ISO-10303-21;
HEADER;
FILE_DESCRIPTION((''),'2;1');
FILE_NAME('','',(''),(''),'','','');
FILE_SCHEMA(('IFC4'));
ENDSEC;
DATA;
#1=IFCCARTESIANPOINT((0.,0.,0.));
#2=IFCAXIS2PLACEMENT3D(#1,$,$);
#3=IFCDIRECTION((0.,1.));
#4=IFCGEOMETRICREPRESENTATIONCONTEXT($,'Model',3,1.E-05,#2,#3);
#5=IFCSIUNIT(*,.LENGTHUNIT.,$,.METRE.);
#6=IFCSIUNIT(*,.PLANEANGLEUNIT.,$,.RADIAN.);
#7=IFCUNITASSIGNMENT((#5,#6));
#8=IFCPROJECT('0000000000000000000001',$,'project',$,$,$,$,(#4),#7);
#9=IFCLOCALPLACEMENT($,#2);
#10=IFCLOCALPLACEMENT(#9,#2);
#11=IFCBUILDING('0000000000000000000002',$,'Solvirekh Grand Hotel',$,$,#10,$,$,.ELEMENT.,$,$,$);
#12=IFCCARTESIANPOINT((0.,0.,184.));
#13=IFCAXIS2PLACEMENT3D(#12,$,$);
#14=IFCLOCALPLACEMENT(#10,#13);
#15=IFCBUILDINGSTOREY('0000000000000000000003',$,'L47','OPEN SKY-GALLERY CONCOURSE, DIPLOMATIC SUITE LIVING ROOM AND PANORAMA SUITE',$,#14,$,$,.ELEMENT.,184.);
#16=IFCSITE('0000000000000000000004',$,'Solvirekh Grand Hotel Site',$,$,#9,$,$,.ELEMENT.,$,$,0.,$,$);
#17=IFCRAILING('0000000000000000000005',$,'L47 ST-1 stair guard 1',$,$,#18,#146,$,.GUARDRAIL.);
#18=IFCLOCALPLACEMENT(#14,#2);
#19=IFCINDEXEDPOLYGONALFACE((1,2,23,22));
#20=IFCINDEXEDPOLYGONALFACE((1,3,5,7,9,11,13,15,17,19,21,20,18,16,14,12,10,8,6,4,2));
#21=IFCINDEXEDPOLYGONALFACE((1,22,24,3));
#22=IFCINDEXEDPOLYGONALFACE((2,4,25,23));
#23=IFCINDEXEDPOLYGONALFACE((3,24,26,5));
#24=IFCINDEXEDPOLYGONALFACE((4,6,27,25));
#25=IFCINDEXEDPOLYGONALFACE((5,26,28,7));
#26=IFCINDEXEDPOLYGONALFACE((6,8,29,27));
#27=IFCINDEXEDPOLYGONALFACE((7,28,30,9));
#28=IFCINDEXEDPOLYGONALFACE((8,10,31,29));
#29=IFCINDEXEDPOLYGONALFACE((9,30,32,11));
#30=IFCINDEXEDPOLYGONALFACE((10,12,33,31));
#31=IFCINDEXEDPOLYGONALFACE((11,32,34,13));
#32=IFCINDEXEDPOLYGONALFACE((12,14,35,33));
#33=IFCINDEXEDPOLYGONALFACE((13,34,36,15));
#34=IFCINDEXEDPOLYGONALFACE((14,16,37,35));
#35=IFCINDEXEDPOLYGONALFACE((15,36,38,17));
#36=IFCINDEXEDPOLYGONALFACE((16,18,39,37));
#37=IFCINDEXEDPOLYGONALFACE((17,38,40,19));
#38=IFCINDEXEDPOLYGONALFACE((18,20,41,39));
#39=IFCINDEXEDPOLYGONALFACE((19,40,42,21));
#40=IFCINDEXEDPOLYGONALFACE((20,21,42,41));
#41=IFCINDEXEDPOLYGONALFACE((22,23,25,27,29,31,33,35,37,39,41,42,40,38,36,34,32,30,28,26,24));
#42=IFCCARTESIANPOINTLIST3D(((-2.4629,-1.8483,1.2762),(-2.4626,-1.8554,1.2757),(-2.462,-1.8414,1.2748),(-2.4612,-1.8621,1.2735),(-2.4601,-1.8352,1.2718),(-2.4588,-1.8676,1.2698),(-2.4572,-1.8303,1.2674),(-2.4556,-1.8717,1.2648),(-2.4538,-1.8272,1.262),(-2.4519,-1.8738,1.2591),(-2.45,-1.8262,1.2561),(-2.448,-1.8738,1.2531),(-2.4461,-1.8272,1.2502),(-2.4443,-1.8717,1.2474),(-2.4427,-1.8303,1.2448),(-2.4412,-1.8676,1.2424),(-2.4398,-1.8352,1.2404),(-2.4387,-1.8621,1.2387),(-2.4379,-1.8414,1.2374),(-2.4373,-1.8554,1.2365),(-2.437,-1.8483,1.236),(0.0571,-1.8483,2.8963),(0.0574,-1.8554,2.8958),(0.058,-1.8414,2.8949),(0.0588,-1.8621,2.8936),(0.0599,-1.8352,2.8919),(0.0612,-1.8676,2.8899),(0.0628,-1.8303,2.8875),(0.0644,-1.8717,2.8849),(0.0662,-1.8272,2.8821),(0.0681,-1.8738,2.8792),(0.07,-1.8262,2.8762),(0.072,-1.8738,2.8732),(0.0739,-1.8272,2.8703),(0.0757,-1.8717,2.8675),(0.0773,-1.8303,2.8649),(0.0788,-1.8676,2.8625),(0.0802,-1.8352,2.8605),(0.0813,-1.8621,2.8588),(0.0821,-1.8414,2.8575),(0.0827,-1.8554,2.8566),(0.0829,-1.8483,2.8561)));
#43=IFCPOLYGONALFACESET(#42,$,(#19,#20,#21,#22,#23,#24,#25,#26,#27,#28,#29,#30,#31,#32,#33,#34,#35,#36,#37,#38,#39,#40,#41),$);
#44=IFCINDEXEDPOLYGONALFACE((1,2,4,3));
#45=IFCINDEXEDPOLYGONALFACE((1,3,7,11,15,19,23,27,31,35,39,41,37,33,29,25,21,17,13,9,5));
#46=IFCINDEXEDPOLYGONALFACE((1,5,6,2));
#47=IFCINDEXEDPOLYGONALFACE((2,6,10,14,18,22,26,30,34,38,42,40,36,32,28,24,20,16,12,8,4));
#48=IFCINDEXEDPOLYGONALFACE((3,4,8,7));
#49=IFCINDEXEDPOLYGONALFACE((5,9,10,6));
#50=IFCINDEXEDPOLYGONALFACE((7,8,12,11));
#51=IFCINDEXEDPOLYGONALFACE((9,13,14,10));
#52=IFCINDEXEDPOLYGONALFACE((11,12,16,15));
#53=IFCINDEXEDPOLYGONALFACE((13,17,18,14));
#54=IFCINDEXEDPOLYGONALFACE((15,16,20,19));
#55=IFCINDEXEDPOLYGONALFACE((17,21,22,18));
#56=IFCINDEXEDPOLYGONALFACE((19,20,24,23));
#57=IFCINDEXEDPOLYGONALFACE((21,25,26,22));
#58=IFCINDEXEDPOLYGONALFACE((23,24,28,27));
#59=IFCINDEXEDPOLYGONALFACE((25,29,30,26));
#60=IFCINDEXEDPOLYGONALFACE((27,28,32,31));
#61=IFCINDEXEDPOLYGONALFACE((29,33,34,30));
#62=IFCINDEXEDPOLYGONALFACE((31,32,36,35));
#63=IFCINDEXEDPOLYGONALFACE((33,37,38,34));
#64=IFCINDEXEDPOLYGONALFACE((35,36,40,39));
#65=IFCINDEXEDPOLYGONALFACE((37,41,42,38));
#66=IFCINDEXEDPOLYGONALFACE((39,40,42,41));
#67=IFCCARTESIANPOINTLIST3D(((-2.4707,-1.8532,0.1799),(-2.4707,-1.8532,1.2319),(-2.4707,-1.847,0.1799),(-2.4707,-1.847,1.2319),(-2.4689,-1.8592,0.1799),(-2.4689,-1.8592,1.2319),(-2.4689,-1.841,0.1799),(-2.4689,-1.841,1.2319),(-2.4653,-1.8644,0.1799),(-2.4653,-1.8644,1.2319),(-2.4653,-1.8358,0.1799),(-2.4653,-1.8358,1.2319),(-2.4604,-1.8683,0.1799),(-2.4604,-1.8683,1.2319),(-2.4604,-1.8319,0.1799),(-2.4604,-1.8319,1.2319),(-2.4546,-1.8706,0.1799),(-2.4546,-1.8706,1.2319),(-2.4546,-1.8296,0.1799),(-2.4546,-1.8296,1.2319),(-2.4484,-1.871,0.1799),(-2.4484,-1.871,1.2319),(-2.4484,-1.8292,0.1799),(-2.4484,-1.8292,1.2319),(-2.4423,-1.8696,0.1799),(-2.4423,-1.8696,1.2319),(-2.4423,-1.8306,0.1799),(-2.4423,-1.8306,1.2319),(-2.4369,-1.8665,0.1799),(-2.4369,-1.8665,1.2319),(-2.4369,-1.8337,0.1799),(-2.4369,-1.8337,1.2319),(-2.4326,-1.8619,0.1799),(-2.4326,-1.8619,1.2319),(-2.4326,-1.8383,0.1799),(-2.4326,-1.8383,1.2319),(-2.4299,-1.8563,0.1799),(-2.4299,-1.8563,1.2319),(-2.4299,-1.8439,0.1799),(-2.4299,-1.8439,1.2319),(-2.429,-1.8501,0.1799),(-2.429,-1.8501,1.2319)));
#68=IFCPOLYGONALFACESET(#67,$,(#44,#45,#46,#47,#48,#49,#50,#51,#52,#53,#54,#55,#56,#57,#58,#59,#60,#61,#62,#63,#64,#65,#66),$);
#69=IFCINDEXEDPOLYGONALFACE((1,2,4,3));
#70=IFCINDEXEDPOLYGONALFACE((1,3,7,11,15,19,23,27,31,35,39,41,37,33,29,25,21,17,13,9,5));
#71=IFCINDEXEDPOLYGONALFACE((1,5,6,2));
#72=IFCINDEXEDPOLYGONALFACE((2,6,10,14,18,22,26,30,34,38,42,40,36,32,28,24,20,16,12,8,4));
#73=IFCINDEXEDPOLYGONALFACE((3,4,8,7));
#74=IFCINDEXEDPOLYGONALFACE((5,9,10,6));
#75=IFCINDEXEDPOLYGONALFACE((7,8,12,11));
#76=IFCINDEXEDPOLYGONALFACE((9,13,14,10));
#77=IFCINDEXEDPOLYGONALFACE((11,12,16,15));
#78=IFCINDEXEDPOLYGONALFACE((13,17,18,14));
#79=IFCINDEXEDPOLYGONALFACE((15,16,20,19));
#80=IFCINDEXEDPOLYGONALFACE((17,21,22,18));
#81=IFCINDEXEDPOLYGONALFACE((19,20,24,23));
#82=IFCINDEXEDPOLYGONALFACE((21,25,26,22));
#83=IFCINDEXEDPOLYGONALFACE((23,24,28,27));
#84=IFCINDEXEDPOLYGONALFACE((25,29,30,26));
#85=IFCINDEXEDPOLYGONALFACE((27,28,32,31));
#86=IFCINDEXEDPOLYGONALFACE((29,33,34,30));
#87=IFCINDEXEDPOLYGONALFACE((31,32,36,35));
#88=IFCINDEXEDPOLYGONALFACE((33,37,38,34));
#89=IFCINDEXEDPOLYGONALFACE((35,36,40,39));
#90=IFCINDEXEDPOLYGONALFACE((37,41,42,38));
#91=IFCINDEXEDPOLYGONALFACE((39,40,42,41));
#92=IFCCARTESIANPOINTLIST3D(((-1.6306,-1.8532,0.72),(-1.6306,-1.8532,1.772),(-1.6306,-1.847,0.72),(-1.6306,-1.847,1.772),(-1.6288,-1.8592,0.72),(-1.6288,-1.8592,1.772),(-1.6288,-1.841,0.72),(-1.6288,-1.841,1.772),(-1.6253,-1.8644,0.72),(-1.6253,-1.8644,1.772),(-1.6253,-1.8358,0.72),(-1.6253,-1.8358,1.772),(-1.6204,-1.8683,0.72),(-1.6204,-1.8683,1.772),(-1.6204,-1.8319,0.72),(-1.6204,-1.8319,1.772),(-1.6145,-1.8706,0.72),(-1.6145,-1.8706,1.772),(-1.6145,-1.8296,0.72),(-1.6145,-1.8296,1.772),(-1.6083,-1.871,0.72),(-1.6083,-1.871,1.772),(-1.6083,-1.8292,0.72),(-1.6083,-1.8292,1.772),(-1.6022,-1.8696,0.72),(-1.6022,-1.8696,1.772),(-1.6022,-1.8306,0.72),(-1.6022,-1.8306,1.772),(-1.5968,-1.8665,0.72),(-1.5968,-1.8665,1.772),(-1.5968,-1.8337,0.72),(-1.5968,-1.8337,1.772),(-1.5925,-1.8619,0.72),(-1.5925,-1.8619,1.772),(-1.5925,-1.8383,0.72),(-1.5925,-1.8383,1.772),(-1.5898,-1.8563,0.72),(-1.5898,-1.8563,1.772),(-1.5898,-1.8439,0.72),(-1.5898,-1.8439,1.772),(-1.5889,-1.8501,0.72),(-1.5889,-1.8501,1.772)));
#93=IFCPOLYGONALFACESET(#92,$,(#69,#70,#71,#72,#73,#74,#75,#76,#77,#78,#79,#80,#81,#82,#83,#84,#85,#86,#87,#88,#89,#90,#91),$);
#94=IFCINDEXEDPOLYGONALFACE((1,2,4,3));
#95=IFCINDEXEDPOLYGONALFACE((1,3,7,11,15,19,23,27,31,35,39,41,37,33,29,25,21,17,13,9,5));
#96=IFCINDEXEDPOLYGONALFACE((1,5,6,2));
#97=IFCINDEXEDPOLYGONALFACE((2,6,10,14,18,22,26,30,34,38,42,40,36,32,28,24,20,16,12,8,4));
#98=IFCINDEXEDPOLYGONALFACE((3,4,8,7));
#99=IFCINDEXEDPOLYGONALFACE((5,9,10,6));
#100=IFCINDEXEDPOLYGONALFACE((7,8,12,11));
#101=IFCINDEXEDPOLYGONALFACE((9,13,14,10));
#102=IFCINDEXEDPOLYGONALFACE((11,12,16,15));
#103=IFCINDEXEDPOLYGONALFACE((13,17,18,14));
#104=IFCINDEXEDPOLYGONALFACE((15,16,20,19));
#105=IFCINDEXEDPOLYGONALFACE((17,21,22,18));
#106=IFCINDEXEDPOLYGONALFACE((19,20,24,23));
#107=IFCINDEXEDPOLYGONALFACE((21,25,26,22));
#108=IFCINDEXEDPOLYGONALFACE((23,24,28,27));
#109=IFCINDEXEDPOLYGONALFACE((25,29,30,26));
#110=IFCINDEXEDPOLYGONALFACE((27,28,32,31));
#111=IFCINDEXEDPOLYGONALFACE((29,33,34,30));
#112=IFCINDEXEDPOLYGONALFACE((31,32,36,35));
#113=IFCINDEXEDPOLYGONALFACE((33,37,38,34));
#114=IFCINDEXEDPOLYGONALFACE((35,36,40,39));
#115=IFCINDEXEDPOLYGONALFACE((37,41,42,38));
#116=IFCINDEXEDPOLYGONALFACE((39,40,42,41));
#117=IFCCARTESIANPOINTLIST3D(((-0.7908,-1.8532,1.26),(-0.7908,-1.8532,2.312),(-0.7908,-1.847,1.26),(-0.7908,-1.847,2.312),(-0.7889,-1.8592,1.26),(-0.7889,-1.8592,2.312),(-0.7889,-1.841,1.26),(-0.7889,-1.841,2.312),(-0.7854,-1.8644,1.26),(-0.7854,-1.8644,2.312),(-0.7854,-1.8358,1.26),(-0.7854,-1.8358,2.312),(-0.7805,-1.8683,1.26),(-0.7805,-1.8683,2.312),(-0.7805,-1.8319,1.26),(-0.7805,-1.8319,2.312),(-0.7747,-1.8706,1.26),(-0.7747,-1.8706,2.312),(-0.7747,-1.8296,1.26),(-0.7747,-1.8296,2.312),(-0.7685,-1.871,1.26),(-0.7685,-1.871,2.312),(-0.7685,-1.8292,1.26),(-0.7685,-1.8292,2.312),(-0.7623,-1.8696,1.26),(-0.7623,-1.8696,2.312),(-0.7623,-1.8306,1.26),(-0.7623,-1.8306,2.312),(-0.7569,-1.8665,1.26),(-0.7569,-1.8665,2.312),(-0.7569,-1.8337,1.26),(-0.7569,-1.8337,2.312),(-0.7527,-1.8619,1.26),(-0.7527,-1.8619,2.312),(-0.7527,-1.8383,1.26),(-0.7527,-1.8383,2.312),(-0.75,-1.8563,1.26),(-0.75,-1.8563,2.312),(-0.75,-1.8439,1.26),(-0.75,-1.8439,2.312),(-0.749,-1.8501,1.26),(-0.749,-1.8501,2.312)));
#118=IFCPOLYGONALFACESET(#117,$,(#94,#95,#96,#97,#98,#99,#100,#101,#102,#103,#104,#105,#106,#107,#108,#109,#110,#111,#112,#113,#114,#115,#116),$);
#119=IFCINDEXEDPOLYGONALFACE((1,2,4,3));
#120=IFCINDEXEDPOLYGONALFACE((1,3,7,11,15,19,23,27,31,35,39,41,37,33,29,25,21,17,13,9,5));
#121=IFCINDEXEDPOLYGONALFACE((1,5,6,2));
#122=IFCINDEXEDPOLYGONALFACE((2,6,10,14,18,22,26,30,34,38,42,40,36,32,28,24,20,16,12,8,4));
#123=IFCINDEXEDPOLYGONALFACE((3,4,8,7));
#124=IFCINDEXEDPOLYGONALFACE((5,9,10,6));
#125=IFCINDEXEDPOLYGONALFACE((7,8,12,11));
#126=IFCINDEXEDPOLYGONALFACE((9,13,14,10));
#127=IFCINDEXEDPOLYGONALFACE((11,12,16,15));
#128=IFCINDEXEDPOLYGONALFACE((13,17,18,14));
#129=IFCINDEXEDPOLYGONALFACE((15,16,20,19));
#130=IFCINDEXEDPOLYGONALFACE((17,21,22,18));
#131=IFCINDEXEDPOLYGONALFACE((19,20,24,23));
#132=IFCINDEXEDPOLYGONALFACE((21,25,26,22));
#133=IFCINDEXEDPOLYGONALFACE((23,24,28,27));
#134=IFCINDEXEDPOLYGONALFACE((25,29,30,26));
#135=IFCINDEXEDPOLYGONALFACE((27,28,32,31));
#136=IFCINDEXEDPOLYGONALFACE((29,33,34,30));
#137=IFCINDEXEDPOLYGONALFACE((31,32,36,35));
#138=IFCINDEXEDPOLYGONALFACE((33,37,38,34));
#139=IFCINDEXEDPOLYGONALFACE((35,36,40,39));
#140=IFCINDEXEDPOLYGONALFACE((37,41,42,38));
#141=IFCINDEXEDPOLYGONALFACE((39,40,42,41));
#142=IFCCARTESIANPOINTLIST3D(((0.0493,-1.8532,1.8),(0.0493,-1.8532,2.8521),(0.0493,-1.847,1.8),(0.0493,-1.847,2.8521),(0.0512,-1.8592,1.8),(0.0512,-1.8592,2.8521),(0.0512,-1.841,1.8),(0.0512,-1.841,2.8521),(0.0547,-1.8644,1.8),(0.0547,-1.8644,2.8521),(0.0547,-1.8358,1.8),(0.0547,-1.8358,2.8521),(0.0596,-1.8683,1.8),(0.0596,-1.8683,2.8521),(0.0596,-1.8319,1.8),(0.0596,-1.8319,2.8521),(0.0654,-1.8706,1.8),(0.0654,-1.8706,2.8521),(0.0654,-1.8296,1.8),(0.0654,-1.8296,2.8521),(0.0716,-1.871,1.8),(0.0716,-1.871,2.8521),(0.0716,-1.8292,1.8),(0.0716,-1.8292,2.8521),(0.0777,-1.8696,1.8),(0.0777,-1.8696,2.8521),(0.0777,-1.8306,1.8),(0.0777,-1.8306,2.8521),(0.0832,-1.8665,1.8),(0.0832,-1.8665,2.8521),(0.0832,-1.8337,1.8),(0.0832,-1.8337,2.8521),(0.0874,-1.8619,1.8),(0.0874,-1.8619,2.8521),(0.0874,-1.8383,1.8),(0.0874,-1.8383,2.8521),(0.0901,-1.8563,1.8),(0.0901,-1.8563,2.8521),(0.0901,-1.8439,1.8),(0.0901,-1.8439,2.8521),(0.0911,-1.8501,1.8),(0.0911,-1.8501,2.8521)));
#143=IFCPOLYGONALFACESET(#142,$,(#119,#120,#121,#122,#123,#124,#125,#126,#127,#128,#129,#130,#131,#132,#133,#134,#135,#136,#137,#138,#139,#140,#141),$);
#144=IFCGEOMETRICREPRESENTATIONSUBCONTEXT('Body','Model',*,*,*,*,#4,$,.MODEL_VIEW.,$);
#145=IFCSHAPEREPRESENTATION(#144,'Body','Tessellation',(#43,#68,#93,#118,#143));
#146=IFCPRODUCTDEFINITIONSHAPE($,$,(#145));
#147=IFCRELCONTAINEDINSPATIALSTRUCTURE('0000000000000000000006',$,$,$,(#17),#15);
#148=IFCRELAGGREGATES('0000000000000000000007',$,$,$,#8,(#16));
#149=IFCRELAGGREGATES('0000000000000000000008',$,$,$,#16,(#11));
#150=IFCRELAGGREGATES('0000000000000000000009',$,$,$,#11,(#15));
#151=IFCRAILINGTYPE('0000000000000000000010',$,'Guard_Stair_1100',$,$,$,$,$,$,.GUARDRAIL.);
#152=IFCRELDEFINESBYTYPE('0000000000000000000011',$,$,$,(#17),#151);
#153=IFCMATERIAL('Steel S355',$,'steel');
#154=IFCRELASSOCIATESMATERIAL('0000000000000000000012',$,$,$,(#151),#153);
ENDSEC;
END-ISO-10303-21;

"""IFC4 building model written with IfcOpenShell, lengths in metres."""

from ifc_helpers import new_model, si_unit, direction, frame, origin, origin_2d, place, context, subcontext, project, spatial, circle, extrude, material, type_object, element, save


model = new_model("IFC4")

# Units and contexts
model_context = context("Model", 3, precision=1e-05, world=origin(), true_north=direction((0.0, 1.0)))
body_context = subcontext(model_context, "Body", "Model", "MODEL_VIEW")
ifc_project = project(units=[si_unit("LENGTHUNIT", "METRE"), si_unit("PLANEANGLEUNIT", "RADIAN")], contexts=[model_context])

# Site, building, storey
site_placement = place(None, origin())
site = spatial("IfcSite", under=ifc_project, at=site_placement, Name="Solvirekh Grand Hotel Site", CompositionType="ELEMENT", RefElevation=0.0)
building_placement = place(site_placement, origin())
building = spatial("IfcBuilding", under=site, at=building_placement, Name="Solvirekh Grand Hotel", CompositionType="ELEMENT")
storey_placement = place(building_placement, frame((0.0, 0.0, 184.0)))
storey = spatial("IfcBuildingStorey", under=building, at=storey_placement, Name="L47", Description="OPEN SKY-GALLERY CONCOURSE, DIPLOMATIC SUITE LIVING ROOM AND PANORAMA SUITE", CompositionType="ELEMENT", Elevation=184.0)

# Shared definitions
ifc_material_1 = material(Name="Steel S355", Category="steel")

# Railing
railing_type_1 = type_object("IfcRailingType", Name="Guard_Stair_1100", PredefinedType="GUARDRAIL", material=ifc_material_1)
railing_1_placement = place(storey_placement, frame((-2.45, -1.8501, 0.1799)))
element("IfcRailing", 1, at=railing_1_placement, inside=storey, type_object=railing_type_1, Name="L47 ST-1 stair guard 1", PredefinedType="GUARDRAIL", context=body_context, shape_type="SweptSolid", body=[
    extrude(circle(Radius=0.0239, at=origin_2d()), frame((0.0, 0.0, 1.0762), z_axis=(0.841163, 0.0, 0.540782), x_axis=(0.0, 1.0, 0.0)), (0.0, 0.0, 1.0), 2.9958),
    extrude(circle(Radius=0.021, at=origin_2d()), origin(), (0.0, 0.0, 1.0), 1.052),
    extrude(circle(Radius=0.021, at=origin_2d()), frame((0.8401, 0.0, 0.54)), (0.0, 0.0, 1.0), 1.052),
    extrude(circle(Radius=0.021, at=origin_2d()), frame((1.6799, 0.0, 1.0801)), (0.0, 0.0, 1.0), 1.052),
    extrude(circle(Radius=0.021, at=origin_2d()), frame((2.52, 0.0, 1.6201)), (0.0, 0.0, 1.0), 1.052),
])

save(model, "model.ifc")
